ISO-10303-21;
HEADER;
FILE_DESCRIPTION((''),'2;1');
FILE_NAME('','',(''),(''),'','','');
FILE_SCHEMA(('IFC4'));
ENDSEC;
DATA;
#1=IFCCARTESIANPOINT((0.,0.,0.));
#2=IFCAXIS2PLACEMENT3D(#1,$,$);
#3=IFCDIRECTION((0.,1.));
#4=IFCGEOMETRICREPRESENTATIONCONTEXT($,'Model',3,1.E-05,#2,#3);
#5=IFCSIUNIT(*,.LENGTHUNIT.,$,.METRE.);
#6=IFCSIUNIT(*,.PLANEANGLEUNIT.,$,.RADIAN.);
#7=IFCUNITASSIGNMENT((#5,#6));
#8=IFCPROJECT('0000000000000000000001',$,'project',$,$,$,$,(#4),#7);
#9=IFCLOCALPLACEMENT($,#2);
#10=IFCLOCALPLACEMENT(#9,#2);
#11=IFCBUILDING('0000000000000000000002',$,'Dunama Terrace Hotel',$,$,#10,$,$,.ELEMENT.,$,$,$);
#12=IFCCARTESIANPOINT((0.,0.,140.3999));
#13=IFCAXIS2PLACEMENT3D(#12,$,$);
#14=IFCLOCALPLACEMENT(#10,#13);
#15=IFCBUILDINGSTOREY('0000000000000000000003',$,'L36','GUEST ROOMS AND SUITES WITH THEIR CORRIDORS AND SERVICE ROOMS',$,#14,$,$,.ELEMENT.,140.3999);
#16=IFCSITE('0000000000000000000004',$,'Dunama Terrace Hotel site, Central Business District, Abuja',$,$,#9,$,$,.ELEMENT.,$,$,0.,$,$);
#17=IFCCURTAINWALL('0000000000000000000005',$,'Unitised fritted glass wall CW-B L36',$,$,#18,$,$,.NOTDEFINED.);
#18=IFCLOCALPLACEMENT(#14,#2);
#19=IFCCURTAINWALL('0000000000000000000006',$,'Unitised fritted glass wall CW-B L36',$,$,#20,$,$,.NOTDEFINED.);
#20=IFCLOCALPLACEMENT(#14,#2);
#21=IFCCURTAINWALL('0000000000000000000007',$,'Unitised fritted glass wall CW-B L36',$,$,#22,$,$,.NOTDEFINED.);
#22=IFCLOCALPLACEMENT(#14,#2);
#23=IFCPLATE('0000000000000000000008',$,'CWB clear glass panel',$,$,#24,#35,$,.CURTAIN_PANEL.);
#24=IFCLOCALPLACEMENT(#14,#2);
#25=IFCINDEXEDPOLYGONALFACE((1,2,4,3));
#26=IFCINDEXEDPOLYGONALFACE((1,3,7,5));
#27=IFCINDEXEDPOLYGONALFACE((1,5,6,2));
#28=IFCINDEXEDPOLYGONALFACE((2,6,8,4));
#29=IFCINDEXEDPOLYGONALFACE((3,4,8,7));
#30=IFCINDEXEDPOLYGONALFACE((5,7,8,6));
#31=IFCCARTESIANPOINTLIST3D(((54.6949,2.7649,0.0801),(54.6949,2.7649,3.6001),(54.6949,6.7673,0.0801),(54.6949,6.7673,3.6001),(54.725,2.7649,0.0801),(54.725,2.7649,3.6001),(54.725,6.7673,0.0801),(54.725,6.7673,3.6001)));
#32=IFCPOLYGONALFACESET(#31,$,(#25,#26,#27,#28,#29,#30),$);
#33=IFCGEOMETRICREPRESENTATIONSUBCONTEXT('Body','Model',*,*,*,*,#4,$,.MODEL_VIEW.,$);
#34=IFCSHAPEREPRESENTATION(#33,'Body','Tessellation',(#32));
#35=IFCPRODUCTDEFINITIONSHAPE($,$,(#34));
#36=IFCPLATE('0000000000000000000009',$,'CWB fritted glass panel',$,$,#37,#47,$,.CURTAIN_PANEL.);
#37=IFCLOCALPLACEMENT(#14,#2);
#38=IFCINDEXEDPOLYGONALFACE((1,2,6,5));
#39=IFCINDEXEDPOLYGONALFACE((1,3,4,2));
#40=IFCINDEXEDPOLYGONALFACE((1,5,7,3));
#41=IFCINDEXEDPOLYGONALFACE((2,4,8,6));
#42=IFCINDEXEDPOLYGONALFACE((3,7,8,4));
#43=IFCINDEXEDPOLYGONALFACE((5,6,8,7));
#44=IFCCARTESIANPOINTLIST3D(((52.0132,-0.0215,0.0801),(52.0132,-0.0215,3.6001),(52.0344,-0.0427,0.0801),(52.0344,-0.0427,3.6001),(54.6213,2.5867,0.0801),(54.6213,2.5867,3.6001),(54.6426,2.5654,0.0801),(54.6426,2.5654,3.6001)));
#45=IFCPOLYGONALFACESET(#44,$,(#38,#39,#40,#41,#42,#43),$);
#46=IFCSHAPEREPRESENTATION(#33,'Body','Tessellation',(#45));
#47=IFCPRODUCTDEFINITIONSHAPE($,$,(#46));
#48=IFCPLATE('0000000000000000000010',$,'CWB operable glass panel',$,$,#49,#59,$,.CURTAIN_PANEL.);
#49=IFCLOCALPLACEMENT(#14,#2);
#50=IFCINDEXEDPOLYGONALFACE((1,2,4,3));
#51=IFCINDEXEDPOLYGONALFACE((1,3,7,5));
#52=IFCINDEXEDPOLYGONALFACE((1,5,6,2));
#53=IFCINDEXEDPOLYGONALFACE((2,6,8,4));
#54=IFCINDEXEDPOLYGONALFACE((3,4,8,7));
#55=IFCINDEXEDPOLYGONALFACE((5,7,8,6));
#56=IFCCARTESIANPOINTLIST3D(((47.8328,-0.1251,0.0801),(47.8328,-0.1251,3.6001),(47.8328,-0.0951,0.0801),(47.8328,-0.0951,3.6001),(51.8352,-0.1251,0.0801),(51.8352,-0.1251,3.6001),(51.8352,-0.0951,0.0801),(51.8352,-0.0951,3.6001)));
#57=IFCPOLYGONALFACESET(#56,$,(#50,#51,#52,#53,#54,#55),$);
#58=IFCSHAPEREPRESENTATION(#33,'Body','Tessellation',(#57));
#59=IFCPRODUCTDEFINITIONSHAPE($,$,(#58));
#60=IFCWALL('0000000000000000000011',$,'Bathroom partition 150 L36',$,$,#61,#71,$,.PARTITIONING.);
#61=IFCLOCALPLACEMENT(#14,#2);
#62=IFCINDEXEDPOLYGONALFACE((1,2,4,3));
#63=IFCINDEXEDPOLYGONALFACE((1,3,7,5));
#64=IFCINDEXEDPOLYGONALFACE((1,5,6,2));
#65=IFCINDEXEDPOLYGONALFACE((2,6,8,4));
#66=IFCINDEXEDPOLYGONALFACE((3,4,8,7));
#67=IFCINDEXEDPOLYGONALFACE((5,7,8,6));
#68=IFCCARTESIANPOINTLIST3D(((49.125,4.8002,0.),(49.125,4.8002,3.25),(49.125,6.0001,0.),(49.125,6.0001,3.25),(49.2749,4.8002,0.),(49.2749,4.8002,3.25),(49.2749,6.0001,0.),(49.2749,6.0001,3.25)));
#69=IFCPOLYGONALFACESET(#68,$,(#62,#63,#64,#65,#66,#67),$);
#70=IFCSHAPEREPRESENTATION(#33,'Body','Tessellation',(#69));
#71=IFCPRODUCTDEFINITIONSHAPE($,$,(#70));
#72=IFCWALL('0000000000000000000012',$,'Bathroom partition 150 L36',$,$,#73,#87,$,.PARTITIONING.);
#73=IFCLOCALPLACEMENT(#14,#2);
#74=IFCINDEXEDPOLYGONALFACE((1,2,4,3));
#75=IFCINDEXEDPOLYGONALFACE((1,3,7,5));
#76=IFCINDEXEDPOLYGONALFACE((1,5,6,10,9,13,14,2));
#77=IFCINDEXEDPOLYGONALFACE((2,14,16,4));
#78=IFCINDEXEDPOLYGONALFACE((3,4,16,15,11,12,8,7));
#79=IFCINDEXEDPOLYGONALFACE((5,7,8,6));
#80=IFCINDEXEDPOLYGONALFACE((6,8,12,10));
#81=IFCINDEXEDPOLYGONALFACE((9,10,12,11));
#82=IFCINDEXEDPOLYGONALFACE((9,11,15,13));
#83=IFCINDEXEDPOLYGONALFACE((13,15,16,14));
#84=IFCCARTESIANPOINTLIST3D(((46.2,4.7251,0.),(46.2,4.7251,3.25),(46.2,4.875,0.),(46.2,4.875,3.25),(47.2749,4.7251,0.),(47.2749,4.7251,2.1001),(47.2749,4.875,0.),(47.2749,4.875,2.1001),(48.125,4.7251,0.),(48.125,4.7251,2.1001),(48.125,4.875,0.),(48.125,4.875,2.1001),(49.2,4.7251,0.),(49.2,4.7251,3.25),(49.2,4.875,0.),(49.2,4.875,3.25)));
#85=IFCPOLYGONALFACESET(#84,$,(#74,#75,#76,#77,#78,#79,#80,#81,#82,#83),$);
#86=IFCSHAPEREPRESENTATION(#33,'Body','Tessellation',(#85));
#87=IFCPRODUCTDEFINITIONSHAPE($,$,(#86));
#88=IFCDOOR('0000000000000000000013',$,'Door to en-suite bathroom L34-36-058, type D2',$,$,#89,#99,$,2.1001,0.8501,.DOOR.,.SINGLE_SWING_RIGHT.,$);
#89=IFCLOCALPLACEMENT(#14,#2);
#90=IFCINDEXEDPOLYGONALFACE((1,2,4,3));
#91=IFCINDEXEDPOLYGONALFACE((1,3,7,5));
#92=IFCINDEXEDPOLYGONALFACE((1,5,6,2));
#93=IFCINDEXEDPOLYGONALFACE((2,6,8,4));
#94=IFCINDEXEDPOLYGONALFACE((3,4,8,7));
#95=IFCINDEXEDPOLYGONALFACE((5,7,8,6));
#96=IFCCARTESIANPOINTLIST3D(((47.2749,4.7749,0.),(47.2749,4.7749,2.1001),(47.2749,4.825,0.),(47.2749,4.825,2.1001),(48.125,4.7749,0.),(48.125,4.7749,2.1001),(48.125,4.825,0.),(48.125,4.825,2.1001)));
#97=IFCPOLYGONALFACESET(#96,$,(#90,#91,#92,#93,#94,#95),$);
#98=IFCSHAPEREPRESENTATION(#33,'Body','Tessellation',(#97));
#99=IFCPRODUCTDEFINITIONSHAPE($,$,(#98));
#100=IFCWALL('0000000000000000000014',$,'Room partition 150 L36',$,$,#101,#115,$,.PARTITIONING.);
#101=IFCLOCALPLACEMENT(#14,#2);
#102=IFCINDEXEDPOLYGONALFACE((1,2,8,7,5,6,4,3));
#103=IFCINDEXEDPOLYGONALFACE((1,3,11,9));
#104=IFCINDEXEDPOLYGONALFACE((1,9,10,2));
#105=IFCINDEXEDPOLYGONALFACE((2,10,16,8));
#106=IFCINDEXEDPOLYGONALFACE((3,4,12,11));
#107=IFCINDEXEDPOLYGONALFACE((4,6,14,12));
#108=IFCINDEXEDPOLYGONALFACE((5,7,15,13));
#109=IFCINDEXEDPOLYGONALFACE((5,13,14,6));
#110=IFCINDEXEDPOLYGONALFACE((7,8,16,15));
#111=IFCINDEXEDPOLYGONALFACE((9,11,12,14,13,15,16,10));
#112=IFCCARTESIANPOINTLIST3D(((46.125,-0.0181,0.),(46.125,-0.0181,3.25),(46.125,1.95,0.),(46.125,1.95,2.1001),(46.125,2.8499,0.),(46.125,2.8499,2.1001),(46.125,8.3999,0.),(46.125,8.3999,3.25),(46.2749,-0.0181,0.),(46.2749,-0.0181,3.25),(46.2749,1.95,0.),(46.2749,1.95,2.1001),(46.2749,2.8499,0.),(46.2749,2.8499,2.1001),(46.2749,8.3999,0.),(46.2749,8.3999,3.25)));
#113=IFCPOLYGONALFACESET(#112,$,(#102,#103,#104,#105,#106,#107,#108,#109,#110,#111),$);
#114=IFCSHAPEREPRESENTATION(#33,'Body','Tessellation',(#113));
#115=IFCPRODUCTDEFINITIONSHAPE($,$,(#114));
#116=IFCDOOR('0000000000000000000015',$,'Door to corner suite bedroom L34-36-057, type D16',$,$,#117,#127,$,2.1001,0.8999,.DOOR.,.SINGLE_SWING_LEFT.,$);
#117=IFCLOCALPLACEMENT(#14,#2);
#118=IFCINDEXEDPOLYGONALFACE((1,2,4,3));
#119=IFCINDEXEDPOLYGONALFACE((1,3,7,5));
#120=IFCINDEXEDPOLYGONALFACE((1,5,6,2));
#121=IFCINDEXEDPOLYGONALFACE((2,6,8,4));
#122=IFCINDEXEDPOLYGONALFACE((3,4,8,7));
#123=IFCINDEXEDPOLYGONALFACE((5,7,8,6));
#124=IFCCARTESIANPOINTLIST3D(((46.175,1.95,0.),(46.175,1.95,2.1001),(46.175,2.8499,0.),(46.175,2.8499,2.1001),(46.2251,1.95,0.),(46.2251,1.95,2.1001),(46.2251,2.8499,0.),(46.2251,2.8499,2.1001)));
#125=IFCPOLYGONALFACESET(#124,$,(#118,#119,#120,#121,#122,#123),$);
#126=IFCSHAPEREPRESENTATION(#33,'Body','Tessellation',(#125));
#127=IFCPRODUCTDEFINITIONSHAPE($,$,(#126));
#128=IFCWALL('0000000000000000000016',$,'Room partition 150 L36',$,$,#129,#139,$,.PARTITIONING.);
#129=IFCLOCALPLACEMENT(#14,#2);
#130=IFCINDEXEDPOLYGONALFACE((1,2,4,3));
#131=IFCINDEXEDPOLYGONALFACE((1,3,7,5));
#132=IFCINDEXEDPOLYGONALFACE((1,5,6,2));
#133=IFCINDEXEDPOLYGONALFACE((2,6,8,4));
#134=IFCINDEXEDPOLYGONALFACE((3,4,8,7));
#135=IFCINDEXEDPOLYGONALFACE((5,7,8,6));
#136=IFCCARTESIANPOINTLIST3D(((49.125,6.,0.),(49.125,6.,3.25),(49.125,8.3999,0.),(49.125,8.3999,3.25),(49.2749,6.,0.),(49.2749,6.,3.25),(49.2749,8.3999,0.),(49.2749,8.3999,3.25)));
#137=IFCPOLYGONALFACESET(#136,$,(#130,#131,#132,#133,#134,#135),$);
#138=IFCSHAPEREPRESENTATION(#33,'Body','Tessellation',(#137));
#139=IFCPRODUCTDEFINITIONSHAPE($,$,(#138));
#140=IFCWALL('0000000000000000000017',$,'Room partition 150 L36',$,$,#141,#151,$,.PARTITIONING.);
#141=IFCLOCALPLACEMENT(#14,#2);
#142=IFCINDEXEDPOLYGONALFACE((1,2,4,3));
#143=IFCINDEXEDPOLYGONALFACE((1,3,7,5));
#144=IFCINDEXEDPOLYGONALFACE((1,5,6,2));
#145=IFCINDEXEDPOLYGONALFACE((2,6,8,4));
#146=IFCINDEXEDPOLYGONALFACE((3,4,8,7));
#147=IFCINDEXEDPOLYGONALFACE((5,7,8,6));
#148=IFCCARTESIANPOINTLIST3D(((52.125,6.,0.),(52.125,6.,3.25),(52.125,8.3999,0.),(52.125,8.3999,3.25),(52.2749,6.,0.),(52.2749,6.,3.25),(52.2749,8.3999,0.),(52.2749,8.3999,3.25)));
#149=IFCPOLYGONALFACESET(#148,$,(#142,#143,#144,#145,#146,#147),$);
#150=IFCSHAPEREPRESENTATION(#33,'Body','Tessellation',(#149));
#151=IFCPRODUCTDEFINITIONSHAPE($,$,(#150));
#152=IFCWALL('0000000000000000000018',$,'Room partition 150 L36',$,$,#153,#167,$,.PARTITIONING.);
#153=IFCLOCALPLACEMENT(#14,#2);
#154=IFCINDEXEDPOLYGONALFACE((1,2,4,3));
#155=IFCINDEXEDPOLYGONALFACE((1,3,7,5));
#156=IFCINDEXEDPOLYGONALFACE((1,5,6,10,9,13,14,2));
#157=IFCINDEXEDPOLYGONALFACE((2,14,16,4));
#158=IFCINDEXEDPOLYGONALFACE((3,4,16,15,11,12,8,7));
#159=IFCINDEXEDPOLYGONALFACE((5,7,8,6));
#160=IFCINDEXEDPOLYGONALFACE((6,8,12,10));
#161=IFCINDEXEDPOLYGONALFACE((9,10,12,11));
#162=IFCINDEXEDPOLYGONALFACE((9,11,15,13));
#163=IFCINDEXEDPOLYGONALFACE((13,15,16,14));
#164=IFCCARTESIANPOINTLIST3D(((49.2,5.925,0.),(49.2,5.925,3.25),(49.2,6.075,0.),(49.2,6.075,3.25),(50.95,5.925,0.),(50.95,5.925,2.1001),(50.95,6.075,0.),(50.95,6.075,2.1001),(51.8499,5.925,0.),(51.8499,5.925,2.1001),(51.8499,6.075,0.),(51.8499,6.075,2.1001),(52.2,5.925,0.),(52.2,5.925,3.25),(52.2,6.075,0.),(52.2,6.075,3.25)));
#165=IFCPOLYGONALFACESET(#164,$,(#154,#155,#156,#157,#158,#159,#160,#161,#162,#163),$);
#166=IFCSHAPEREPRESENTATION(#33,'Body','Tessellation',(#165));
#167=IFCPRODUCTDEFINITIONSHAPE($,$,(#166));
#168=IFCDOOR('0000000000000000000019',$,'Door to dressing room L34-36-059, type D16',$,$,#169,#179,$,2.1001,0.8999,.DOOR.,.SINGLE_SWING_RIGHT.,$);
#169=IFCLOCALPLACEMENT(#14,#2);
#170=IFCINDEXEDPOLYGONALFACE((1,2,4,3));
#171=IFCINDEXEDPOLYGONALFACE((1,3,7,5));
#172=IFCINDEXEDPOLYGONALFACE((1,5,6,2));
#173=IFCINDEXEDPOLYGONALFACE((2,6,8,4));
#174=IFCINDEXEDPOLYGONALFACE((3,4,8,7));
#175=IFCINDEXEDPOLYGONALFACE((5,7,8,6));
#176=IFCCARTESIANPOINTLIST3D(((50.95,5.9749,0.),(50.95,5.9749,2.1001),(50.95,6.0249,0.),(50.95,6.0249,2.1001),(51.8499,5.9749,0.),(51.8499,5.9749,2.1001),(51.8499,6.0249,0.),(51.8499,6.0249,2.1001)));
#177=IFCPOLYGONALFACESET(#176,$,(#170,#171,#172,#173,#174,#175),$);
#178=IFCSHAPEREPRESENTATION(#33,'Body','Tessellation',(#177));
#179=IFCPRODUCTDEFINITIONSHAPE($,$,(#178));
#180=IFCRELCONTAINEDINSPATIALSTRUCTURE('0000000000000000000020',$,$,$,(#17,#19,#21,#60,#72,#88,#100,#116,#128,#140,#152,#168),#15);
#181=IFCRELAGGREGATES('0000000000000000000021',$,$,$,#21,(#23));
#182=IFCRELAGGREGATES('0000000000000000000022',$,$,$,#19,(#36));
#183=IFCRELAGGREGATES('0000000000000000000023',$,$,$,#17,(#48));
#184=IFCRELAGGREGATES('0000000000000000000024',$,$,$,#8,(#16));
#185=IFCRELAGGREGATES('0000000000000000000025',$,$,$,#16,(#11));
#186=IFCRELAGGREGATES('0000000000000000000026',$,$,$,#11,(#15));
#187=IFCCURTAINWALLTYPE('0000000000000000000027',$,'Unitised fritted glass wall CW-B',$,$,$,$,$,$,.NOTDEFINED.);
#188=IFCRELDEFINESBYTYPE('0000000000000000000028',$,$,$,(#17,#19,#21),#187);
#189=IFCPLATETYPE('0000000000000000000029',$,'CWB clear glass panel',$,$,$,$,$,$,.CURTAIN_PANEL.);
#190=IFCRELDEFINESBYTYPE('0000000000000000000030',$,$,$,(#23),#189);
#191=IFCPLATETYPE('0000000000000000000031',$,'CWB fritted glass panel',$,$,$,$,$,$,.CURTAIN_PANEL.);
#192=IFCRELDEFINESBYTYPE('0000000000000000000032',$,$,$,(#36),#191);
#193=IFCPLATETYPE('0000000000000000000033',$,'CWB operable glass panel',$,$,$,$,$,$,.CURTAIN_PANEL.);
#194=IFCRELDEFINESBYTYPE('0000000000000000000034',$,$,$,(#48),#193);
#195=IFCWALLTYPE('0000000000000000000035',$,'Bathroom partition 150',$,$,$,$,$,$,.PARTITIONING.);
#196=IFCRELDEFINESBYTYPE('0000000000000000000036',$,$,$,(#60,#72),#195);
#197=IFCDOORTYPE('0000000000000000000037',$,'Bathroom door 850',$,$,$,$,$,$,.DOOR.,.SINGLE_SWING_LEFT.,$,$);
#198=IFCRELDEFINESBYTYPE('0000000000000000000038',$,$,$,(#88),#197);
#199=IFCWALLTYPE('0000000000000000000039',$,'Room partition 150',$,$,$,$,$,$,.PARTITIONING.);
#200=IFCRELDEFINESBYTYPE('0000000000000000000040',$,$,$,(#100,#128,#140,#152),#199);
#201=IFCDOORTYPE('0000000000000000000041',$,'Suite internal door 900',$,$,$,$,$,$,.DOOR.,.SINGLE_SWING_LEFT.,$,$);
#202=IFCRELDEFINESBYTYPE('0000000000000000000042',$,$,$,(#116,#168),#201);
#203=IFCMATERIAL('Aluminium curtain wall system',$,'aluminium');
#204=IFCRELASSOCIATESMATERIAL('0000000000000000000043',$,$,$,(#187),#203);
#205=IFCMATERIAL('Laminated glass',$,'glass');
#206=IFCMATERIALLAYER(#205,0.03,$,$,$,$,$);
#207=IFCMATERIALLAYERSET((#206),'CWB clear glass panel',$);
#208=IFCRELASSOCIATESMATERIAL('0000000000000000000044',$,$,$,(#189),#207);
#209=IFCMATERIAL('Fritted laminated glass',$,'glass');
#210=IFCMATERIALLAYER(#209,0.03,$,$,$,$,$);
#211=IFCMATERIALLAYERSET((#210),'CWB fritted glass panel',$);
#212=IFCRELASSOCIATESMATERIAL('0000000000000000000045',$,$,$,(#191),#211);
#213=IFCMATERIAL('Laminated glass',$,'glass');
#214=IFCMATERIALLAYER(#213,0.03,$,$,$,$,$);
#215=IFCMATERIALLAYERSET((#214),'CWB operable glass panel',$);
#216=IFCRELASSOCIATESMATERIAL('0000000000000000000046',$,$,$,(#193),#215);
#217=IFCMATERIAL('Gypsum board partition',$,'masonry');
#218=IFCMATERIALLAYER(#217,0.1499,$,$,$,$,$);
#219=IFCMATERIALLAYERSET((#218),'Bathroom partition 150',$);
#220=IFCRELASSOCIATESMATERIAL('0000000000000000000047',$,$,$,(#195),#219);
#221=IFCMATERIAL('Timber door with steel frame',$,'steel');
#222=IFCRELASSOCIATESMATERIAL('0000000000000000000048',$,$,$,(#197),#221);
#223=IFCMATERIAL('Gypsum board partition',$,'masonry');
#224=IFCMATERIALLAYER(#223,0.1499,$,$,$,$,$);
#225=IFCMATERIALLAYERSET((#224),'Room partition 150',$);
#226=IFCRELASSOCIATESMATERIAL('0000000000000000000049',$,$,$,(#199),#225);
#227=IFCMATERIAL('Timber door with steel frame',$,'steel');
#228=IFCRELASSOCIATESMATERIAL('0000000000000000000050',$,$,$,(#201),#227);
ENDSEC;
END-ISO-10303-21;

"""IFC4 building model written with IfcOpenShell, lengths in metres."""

from ifc_helpers import new_model, si_unit, direction, frame, frame_2d, origin, origin_2d, place, context, subcontext, project, spatial, rectangle, extrude, material, layer, layer_set, type_object, element, fill, aggregate, save


model = new_model("IFC4")

# Units and contexts
model_context = context("Model", 3, precision=1e-05, world=origin(), true_north=direction((0.0, 1.0)))
body_context = subcontext(model_context, "Body", "Model", "MODEL_VIEW")
ifc_project = project(units=[si_unit("LENGTHUNIT", "METRE"), si_unit("PLANEANGLEUNIT", "RADIAN")], contexts=[model_context])

# Site, building, storey
site_placement = place(None, origin())
site = spatial("IfcSite", under=ifc_project, at=site_placement, Name="Dunama Terrace Hotel site, Central Business District, Abuja", CompositionType="ELEMENT", RefElevation=0.0)
building_placement = place(site_placement, origin())
building = spatial("IfcBuilding", under=site, at=building_placement, Name="Dunama Terrace Hotel", CompositionType="ELEMENT")
storey_placement = place(building_placement, frame((0.0, 0.0, 140.3999)))
storey = spatial("IfcBuildingStorey", under=building, at=storey_placement, Name="L36", Description="GUEST ROOMS AND SUITES WITH THEIR CORRIDORS AND SERVICE ROOMS", CompositionType="ELEMENT", Elevation=140.3999)

# Curtain walls
ifc_material_1 = material(Name="Aluminium curtain wall system", Category="aluminium")
curtain_wall_type = type_object("IfcCurtainWallType", Name="Unitised fritted glass wall CW-B", PredefinedType="NOTDEFINED", material=ifc_material_1)
curtain_wall_1_placement = place(storey_placement, origin())
curtain_wall_1 = element("IfcCurtainWall", 1, at=curtain_wall_1_placement, inside=storey, type_object=curtain_wall_type, Name="Unitised fritted glass wall CW-B L36", PredefinedType="NOTDEFINED")
curtain_wall_2_placement = place(storey_placement, origin())
curtain_wall_2 = element("IfcCurtainWall", 2, at=curtain_wall_2_placement, inside=storey, type_object=curtain_wall_type, Name="Unitised fritted glass wall CW-B L36", PredefinedType="NOTDEFINED")
curtain_wall_3_placement = place(storey_placement, origin())
curtain_wall_3 = element("IfcCurtainWall", 3, at=curtain_wall_3_placement, inside=storey, type_object=curtain_wall_type, Name="Unitised fritted glass wall CW-B L36", PredefinedType="NOTDEFINED")

# Plates
ifc_material_2 = material(Name="Laminated glass", Category="glass")
ifc_layer_1 = layer(ifc_material_2, 0.03)
ifc_layer_set_1 = layer_set([ifc_layer_1], Name="CWB clear glass panel")
plate_type_1 = type_object("IfcPlateType", Name="CWB clear glass panel", PredefinedType="CURTAIN_PANEL", material=ifc_layer_set_1)
plate_1_placement = place(storey_placement, frame((54.71, 4.7661, 0.0801), z_axis=(0.0, 0.0, 1.0), x_axis=(0.0, 1.0, 0.0)))
plate_1 = element("IfcPlate", 4, at=plate_1_placement, type_object=plate_type_1, Name="CWB clear glass panel", PredefinedType="CURTAIN_PANEL", context=body_context, shape_type="SweptSolid", body=[
    extrude(rectangle(XDim=4.0024, YDim=0.03, at=origin_2d()), origin(), (0.0, 0.0, 1.0), 3.52),
])
aggregate(curtain_wall_3, [plate_1])
ifc_material_3 = material(Name="Fritted laminated glass", Category="glass")
ifc_layer_2 = layer(ifc_material_3, 0.03)
ifc_layer_set_2 = layer_set([ifc_layer_2], Name="CWB fritted glass panel")
plate_type_2 = type_object("IfcPlateType", Name="CWB fritted glass panel", PredefinedType="CURTAIN_PANEL", material=ifc_layer_set_2)
plate_2_placement = place(storey_placement, frame((53.3279, 1.272, 0.0801), z_axis=(0.0, 0.0, 1.0), x_axis=(0.707107, 0.707107, 0.0)))
plate_2 = element("IfcPlate", 5, at=plate_2_placement, type_object=plate_type_2, Name="CWB fritted glass panel", PredefinedType="CURTAIN_PANEL", context=body_context, shape_type="SweptSolid", body=[
    extrude(rectangle(XDim=3.6885, YDim=0.03, at=origin_2d()), origin(), (0.0, 0.0, 1.0), 3.52),
])
aggregate(curtain_wall_2, [plate_2])
ifc_material_4 = material(Name="Laminated glass", Category="glass")
ifc_layer_3 = layer(ifc_material_4, 0.03)
ifc_layer_set_3 = layer_set([ifc_layer_3], Name="CWB operable glass panel")
plate_type_3 = type_object("IfcPlateType", Name="CWB operable glass panel", PredefinedType="CURTAIN_PANEL", material=ifc_layer_set_3)
plate_3_placement = place(storey_placement, frame((49.834, -0.1101, 0.0801), z_axis=(0.0, 0.0, 1.0), x_axis=(1.0, 0.0, 0.0)))
plate_3 = element("IfcPlate", 6, at=plate_3_placement, type_object=plate_type_3, Name="CWB operable glass panel", PredefinedType="CURTAIN_PANEL", context=body_context, shape_type="SweptSolid", body=[
    extrude(rectangle(XDim=4.0024, YDim=0.03, at=origin_2d()), origin(), (0.0, 0.0, 1.0), 3.52),
])
aggregate(curtain_wall_1, [plate_3])

# Wall
ifc_material_5 = material(Name="Gypsum board partition", Category="masonry")
ifc_layer_4 = layer(ifc_material_5, 0.1499)
ifc_layer_set_4 = layer_set([ifc_layer_4], Name="Bathroom partition 150")
wall_type_1 = type_object("IfcWallType", Name="Bathroom partition 150", PredefinedType="PARTITIONING", material=ifc_layer_set_4)
wall_1_placement = place(storey_placement, frame((49.2, 4.8, 0.0), z_axis=(0.0, 0.0, 1.0), x_axis=(0.0, 1.0, 0.0)))
element("IfcWall", 7, at=wall_1_placement, inside=storey, type_object=wall_type_1, Name="Bathroom partition 150 L36", PredefinedType="PARTITIONING", context=body_context, shape_type="SweptSolid", body=[
    extrude(rectangle(XDim=1.2, YDim=0.1499, at=frame_2d((0.6001, 0.0))), origin(), (0.0, 0.0, 1.0), 3.25),
])

# Walls, openings, doors
wall_2_placement = place(storey_placement, frame((46.2, 4.8, 0.0), z_axis=(0.0, 0.0, 1.0), x_axis=(1.0, 0.0, 0.0)))
wall_2 = element("IfcWall", 8, at=wall_2_placement, inside=storey, type_object=wall_type_1, Name="Bathroom partition 150 L36", PredefinedType="PARTITIONING", context=body_context, shape_type="SweptSolid", body=[
    extrude(rectangle(XDim=3.0, YDim=0.1499, at=frame_2d((1.5, 0.0))), origin(), (0.0, 0.0, 1.0), 3.25),
])
opening_1_placement = place(wall_2_placement, frame((1.075, 0.0, 0.0)))
opening_1 = element("IfcOpeningElement", 9, at=opening_1_placement, cuts=wall_2, PredefinedType="OPENING", context=body_context, shape_type="SweptSolid", body=[
    extrude(rectangle(XDim=0.8501, YDim=2.1001, at=frame_2d((0.425, 1.05))), frame((0.0, 0.085, 0.0), z_axis=(0.0, -1.0, 0.0), x_axis=(1.0, 0.0, 0.0)), (0.0, 0.0, 1.0), 0.1699),
])
ifc_material_6 = material(Name="Timber door with steel frame", Category="steel")
door_type_1 = type_object("IfcDoorType", Name="Bathroom door 850", OperationType="SINGLE_SWING_LEFT", PredefinedType="DOOR", material=ifc_material_6)
door_1_placement = place(opening_1_placement, origin())
door_1 = element("IfcDoor", 10, at=door_1_placement, inside=storey, type_object=door_type_1, Name="Door to en-suite bathroom L34-36-058, type D2", OperationType="SINGLE_SWING_RIGHT", OverallHeight=2.1001, OverallWidth=0.8501, PredefinedType="DOOR", context=body_context, shape_type="SweptSolid", body=[
    extrude(rectangle(XDim=0.8501, YDim=2.1001, at=frame_2d((0.425, 1.05))), frame((0.0, 0.0249, 0.0), z_axis=(0.0, -1.0, 0.0), x_axis=(1.0, 0.0, 0.0)), (0.0, 0.0, 1.0), 0.05),
])
fill(opening_1, door_1)
ifc_material_7 = material(Name="Gypsum board partition", Category="masonry")
ifc_layer_5 = layer(ifc_material_7, 0.1499)
ifc_layer_set_5 = layer_set([ifc_layer_5], Name="Room partition 150")
wall_type_2 = type_object("IfcWallType", Name="Room partition 150", PredefinedType="PARTITIONING", material=ifc_layer_set_5)
wall_3_placement = place(storey_placement, frame((46.2, -0.0181, 0.0), z_axis=(0.0, 0.0, 1.0), x_axis=(0.0, 1.0, 0.0)))
wall_3 = element("IfcWall", 11, at=wall_3_placement, inside=storey, type_object=wall_type_2, Name="Room partition 150 L36", PredefinedType="PARTITIONING", context=body_context, shape_type="SweptSolid", body=[
    extrude(rectangle(XDim=8.418, YDim=0.1499, at=frame_2d((4.209, 0.0))), origin(), (0.0, 0.0, 1.0), 3.25),
])
opening_2_placement = place(wall_3_placement, frame((1.968, 0.0, 0.0)))
opening_2 = element("IfcOpeningElement", 12, at=opening_2_placement, cuts=wall_3, PredefinedType="OPENING", context=body_context, shape_type="SweptSolid", body=[
    extrude(rectangle(XDim=0.8999, YDim=2.1001, at=frame_2d((0.45, 1.05))), frame((0.0, 0.085, 0.0), z_axis=(0.0, -1.0, 0.0), x_axis=(1.0, 0.0, 0.0)), (0.0, 0.0, 1.0), 0.1699),
])
ifc_material_8 = material(Name="Timber door with steel frame", Category="steel")
door_type_2 = type_object("IfcDoorType", Name="Suite internal door 900", OperationType="SINGLE_SWING_LEFT", PredefinedType="DOOR", material=ifc_material_8)
door_2_placement = place(opening_2_placement, frame((0.8999, 0.0, 0.0), z_axis=(0.0, 0.0, 1.0), x_axis=(-1.0, 0.0, 0.0)))
door_2 = element("IfcDoor", 13, at=door_2_placement, inside=storey, type_object=door_type_2, Name="Door to corner suite bedroom L34-36-057, type D16", OperationType="SINGLE_SWING_LEFT", OverallHeight=2.1001, OverallWidth=0.8999, PredefinedType="DOOR", context=body_context, shape_type="SweptSolid", body=[
    extrude(rectangle(XDim=0.8999, YDim=2.1001, at=frame_2d((0.45, 1.05))), frame((0.0, 0.0251, 0.0), z_axis=(0.0, -1.0, 0.0), x_axis=(1.0, 0.0, 0.0)), (0.0, 0.0, 1.0), 0.05),
])
fill(opening_2, door_2)

# Walls
for number, where, z_axis, x_axis, name in (
    (14, (49.2, 6.0, 0.0), (0.0, 0.0, 1.0), (0.0, 1.0, 0.0), "Room partition 150 L36"),
    (15, (52.2, 6.0, 0.0), (0.0, 0.0, 1.0), (0.0, 1.0, 0.0), "Room partition 150 L36"),
):
    element("IfcWall", number, at=place(storey_placement, frame(where, z_axis=z_axis, x_axis=x_axis)), inside=storey, type_object=wall_type_2, Name=name, PredefinedType="PARTITIONING", context=body_context, shape_type="SweptSolid", body=[
        extrude(rectangle(XDim=2.3999, YDim=0.1499, at=frame_2d((1.2, 0.0))), origin(), (0.0, 0.0, 1.0), 3.25),
    ])

# Wall, opening, door
wall_4_placement = place(storey_placement, frame((49.2, 6.0, 0.0), z_axis=(0.0, 0.0, 1.0), x_axis=(1.0, 0.0, 0.0)))
wall_4 = element("IfcWall", 16, at=wall_4_placement, inside=storey, type_object=wall_type_2, Name="Room partition 150 L36", PredefinedType="PARTITIONING", context=body_context, shape_type="SweptSolid", body=[
    extrude(rectangle(XDim=3.0, YDim=0.1499, at=frame_2d((1.5, 0.0))), origin(), (0.0, 0.0, 1.0), 3.25),
])
opening_3_placement = place(wall_4_placement, frame((1.75, 0.0, 0.0)))
opening_3 = element("IfcOpeningElement", 17, at=opening_3_placement, cuts=wall_4, PredefinedType="OPENING", context=body_context, shape_type="SweptSolid", body=[
    extrude(rectangle(XDim=0.8999, YDim=2.1001, at=frame_2d((0.45, 1.05))), frame((0.0, 0.085, 0.0), z_axis=(0.0, -1.0, 0.0), x_axis=(1.0, 0.0, 0.0)), (0.0, 0.0, 1.0), 0.1699),
])
door_3_placement = place(opening_3_placement, origin())
door_3 = element("IfcDoor", 18, at=door_3_placement, inside=storey, type_object=door_type_2, Name="Door to dressing room L34-36-059, type D16", OperationType="SINGLE_SWING_RIGHT", OverallHeight=2.1001, OverallWidth=0.8999, PredefinedType="DOOR", context=body_context, shape_type="SweptSolid", body=[
    extrude(rectangle(XDim=0.8999, YDim=2.1001, at=frame_2d((0.45, 1.05))), frame((0.0, 0.0249, 0.0), z_axis=(0.0, -1.0, 0.0), x_axis=(1.0, 0.0, 0.0)), (0.0, 0.0, 1.0), 0.05),
])
fill(opening_3, door_3)

save(model, "model.ifc")
